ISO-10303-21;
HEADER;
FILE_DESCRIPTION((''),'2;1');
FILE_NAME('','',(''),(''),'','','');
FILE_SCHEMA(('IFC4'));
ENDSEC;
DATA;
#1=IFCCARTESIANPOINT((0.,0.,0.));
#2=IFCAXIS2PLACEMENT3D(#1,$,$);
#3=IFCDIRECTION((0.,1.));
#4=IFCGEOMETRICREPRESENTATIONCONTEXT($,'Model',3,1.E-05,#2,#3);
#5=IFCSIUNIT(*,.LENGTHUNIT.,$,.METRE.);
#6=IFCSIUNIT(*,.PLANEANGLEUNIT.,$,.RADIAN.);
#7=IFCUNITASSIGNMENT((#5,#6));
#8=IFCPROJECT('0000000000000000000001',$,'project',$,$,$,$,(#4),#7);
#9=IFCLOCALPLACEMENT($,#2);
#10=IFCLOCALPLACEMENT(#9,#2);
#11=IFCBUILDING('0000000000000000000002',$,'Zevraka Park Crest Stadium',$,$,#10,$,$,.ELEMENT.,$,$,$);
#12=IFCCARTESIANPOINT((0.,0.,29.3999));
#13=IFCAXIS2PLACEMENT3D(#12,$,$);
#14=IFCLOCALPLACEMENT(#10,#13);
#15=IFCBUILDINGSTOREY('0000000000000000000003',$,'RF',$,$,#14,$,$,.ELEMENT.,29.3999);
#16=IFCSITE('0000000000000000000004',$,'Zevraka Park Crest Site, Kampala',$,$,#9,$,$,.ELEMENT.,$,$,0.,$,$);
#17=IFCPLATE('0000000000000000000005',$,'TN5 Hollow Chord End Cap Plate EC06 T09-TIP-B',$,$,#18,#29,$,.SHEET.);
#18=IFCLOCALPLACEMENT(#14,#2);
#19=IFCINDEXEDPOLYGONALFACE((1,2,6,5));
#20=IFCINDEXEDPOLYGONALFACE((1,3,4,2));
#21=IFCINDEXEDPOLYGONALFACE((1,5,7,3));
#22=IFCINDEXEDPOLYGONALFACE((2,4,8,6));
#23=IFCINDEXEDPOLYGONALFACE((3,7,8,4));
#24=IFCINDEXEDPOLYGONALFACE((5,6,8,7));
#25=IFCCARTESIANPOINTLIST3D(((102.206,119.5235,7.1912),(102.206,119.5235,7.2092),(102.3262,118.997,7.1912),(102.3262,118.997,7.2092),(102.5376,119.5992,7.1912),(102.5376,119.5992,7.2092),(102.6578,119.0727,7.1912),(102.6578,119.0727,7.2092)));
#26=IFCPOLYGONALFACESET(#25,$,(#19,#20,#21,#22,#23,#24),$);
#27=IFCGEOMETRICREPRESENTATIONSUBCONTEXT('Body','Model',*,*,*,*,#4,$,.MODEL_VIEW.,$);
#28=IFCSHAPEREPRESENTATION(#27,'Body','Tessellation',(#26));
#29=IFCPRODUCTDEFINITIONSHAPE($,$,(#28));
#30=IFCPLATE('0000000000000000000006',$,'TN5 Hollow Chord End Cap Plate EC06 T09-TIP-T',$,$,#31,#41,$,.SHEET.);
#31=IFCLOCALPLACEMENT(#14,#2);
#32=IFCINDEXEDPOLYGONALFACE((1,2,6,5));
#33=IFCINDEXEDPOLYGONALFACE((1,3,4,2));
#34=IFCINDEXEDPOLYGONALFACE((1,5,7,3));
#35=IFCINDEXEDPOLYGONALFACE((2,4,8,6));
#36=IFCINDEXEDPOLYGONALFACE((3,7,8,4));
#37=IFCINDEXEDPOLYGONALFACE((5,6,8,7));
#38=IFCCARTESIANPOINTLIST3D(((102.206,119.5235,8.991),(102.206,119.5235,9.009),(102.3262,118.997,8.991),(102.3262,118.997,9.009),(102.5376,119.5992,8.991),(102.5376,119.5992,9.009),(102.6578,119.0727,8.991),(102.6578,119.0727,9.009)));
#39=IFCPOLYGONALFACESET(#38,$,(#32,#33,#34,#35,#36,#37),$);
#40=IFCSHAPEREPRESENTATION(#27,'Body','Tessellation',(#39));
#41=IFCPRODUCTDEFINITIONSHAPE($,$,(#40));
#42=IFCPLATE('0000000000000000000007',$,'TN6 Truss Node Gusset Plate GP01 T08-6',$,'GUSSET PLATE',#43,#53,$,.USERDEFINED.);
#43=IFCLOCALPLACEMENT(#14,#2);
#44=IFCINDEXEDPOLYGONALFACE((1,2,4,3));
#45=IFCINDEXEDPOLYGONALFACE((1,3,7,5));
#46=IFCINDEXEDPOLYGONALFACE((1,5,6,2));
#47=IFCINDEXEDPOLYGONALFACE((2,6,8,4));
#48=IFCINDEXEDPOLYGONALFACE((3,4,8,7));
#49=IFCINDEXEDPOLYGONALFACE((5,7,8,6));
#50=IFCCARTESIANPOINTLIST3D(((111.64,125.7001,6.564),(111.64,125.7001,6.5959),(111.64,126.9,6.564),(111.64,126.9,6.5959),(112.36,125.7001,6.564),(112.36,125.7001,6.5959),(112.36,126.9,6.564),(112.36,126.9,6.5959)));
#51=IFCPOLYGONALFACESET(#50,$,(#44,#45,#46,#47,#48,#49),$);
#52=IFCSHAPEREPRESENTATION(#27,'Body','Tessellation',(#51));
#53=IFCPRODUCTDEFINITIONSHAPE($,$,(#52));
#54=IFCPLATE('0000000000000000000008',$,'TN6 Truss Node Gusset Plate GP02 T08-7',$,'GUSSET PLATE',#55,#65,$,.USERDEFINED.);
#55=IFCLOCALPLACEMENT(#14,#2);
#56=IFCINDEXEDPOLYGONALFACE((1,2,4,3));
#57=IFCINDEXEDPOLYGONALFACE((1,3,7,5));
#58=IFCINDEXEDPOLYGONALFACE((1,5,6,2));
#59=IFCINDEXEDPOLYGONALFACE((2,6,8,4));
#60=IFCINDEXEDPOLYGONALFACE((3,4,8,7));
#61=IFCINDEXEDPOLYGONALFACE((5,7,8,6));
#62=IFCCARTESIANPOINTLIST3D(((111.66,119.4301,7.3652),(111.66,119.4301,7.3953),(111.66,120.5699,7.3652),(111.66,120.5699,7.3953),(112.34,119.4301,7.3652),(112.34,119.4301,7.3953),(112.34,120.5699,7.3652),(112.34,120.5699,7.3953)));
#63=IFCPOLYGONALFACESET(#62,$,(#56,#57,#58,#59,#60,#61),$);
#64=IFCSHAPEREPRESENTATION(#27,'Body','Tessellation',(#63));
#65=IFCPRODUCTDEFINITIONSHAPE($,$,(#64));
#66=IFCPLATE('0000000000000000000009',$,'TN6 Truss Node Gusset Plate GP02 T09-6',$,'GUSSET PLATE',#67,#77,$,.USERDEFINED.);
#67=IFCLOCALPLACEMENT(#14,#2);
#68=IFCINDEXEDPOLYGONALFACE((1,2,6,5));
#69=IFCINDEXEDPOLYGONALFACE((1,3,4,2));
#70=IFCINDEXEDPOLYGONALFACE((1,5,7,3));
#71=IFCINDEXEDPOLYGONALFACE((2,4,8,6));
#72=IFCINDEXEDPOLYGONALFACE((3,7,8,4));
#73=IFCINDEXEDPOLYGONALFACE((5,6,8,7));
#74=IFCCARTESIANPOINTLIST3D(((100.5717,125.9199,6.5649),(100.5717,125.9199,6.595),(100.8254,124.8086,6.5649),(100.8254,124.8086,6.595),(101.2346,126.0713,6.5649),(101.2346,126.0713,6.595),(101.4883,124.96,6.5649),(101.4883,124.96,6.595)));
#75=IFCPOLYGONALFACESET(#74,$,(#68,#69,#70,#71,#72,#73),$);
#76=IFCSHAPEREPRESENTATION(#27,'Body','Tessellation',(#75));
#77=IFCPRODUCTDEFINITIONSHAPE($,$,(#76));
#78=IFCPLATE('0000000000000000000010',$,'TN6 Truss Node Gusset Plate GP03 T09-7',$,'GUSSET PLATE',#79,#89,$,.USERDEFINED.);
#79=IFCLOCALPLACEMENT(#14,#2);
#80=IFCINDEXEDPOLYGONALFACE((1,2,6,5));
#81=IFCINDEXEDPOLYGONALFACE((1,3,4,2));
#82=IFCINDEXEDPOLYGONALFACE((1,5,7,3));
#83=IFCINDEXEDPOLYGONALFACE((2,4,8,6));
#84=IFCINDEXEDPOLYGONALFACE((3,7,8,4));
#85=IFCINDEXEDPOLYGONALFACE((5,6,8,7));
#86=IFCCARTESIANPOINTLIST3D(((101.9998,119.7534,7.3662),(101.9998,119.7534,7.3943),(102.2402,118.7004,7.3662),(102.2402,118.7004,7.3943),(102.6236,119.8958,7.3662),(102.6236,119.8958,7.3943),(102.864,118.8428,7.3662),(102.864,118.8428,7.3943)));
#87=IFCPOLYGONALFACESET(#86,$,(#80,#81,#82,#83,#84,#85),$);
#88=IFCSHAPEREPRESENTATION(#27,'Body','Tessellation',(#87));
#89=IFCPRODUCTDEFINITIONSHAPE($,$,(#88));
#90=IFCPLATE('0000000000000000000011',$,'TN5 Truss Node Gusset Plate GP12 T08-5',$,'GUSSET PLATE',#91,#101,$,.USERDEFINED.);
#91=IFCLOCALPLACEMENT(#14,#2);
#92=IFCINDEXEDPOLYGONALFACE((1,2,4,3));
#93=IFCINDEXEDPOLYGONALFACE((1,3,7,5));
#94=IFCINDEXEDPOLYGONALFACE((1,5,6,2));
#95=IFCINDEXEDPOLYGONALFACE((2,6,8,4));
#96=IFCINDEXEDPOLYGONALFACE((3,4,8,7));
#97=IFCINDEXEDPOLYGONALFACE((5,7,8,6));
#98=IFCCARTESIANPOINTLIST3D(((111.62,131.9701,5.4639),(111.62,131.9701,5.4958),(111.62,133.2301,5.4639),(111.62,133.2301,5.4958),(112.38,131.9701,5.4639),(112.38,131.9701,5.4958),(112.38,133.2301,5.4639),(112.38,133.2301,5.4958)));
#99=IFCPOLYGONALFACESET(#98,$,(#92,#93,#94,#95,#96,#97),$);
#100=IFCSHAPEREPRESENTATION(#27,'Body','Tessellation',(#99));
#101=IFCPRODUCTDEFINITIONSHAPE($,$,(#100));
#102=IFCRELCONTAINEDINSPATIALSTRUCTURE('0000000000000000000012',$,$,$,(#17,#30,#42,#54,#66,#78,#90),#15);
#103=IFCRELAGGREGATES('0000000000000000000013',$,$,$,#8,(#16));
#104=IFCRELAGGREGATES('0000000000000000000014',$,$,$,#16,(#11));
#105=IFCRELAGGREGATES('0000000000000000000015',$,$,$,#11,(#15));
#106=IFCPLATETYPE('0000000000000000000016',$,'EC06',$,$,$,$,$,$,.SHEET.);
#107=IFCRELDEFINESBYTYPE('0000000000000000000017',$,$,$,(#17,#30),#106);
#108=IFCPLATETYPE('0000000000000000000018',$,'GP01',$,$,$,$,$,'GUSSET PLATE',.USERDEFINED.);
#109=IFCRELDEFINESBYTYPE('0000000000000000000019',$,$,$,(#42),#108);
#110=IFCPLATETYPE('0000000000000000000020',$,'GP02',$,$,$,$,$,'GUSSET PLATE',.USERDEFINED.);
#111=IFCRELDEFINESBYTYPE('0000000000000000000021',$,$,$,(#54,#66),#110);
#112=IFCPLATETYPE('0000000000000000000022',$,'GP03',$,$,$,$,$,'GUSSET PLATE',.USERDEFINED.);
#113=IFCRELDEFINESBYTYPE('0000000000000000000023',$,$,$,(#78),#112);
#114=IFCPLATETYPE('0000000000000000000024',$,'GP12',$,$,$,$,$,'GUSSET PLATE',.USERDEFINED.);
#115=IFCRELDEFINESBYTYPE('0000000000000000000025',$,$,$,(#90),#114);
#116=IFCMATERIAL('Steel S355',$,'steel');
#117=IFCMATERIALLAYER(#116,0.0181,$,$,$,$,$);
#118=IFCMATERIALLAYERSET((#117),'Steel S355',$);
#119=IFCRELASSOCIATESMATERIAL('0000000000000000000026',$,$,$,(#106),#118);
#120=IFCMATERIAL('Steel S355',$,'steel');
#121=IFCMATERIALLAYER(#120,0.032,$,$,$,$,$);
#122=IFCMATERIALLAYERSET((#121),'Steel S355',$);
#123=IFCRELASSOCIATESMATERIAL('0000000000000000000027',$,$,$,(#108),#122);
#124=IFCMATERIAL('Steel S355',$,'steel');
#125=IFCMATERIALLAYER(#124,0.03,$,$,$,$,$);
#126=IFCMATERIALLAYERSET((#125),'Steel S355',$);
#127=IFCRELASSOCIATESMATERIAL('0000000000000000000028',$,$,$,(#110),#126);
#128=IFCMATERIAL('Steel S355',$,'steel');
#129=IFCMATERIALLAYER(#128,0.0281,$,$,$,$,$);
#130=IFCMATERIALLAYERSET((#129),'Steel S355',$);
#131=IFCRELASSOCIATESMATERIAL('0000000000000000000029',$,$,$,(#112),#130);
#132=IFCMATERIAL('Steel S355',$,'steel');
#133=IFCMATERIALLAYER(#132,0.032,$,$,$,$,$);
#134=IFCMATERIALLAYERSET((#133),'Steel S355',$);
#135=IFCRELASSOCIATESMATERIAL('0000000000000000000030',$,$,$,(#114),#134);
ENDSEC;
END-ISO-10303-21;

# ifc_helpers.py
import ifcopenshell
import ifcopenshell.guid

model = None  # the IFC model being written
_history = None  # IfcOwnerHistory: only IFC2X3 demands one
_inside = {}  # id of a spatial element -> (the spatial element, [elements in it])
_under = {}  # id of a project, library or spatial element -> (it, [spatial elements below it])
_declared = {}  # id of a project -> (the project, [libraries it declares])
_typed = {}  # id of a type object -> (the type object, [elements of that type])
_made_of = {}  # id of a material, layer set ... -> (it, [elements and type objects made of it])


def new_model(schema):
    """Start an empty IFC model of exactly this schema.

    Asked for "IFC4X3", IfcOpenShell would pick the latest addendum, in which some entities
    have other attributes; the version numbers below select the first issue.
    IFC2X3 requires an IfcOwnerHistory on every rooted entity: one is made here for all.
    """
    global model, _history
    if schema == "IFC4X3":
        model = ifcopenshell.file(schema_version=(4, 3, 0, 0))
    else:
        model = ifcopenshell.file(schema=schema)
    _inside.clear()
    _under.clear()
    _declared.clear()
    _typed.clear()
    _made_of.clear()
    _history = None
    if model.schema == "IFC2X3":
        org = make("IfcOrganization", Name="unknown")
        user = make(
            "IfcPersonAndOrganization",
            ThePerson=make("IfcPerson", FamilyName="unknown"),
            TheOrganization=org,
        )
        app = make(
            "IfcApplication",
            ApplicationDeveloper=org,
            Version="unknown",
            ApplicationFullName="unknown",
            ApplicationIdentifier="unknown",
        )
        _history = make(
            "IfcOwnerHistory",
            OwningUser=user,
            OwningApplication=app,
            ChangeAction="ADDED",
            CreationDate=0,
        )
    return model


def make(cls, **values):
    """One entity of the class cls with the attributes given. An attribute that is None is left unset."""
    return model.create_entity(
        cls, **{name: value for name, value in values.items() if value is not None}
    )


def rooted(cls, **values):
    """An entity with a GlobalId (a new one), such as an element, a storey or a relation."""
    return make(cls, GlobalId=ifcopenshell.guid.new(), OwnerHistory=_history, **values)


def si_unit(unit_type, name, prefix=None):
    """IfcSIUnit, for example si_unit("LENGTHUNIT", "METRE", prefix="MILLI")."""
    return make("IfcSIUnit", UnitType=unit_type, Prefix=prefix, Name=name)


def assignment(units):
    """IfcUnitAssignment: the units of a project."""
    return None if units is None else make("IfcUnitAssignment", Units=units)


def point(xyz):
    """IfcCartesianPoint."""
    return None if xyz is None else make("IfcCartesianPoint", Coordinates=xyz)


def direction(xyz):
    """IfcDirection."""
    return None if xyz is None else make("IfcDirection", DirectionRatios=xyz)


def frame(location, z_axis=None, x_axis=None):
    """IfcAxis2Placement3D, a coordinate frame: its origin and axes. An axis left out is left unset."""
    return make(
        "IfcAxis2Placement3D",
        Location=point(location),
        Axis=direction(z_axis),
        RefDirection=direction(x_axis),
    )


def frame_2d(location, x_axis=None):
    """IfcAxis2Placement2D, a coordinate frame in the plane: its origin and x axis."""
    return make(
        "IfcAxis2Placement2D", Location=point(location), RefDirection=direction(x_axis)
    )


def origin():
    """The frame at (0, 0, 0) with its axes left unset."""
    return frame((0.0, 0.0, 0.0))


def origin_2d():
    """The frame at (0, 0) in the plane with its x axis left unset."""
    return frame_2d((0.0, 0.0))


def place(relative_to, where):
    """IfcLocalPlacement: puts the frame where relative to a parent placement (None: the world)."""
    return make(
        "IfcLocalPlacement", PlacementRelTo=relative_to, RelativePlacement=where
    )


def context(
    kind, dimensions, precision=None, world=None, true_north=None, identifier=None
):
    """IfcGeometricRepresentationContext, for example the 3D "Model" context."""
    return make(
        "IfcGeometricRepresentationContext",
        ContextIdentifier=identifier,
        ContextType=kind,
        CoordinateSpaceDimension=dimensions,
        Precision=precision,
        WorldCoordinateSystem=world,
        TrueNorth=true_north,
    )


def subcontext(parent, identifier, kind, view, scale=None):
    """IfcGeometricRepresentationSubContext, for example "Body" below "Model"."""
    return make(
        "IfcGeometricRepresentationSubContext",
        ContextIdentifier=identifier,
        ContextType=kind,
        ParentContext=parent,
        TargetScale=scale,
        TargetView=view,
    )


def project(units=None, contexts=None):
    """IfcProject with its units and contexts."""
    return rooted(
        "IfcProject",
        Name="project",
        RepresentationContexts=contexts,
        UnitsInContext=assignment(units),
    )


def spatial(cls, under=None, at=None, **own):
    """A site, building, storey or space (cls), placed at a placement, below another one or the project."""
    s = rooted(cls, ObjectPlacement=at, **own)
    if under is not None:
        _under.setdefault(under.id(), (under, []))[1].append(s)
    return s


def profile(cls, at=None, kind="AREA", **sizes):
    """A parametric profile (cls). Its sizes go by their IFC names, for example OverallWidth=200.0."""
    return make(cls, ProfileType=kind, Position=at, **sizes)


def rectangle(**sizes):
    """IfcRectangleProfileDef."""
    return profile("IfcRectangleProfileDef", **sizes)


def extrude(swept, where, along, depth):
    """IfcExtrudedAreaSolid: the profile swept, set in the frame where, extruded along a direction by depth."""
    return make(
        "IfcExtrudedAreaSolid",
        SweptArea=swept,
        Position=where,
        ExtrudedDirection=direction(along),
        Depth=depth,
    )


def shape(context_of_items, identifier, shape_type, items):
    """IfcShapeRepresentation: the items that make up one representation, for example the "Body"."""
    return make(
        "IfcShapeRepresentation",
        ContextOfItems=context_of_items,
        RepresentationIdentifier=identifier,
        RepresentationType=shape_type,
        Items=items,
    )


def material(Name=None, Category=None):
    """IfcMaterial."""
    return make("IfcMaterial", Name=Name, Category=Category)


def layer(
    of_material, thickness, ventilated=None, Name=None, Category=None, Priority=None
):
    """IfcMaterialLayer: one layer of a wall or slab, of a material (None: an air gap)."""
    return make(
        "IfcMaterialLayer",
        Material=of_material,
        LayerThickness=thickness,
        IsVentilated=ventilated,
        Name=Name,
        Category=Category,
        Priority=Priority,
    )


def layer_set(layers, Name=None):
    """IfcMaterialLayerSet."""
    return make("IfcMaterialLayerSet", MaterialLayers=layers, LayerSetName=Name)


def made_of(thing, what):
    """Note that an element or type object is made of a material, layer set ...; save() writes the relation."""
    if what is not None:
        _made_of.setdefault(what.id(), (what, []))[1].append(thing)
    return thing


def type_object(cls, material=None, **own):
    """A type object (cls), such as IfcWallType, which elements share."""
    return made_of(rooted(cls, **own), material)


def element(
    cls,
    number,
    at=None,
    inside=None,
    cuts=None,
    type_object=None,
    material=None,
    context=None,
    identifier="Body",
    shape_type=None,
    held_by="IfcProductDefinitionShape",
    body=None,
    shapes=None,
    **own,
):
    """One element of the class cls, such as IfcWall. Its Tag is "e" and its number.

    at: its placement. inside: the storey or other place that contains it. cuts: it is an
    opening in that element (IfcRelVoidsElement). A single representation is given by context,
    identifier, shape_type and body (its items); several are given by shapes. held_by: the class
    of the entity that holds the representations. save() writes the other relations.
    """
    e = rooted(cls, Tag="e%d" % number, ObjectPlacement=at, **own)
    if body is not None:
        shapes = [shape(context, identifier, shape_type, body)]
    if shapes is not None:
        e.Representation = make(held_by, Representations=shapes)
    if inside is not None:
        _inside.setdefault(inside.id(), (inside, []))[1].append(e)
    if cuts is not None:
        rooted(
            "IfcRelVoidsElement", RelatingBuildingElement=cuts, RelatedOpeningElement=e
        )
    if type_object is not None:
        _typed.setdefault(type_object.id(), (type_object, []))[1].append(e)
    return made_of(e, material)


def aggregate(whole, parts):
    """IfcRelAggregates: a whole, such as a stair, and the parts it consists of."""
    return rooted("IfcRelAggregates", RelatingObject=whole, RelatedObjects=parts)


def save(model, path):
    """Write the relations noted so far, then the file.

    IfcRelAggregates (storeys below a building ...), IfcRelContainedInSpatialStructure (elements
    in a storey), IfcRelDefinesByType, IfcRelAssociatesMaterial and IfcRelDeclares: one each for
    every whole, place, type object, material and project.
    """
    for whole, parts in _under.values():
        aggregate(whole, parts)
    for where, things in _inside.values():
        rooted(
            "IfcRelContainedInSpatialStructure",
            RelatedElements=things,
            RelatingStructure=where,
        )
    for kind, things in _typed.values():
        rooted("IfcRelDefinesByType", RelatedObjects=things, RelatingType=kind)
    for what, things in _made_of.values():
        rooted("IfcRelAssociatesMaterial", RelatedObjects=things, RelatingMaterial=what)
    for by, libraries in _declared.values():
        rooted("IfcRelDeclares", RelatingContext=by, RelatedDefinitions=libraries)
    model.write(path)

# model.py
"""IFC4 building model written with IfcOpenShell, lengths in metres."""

from ifc_helpers import new_model, si_unit, direction, frame, origin, origin_2d, place, context, subcontext, project, spatial, rectangle, extrude, material, layer, layer_set, type_object, element, save


model = new_model("IFC4")

# Units and contexts
model_context = context("Model", 3, precision=1e-05, world=origin(), true_north=direction((0.0, 1.0)))
body_context = subcontext(model_context, "Body", "Model", "MODEL_VIEW")
ifc_project = project(units=[si_unit("LENGTHUNIT", "METRE"), si_unit("PLANEANGLEUNIT", "RADIAN")], contexts=[model_context])

# Site, building, storey
site_placement = place(None, origin())
site = spatial("IfcSite", under=ifc_project, at=site_placement, Name="Zevraka Park Crest Site, Kampala", CompositionType="ELEMENT", RefElevation=0.0)
building_placement = place(site_placement, origin())
building = spatial("IfcBuilding", under=site, at=building_placement, Name="Zevraka Park Crest Stadium", CompositionType="ELEMENT")
storey_placement = place(building_placement, frame((0.0, 0.0, 29.3999)))
storey = spatial("IfcBuildingStorey", under=building, at=storey_placement, Name="RF", CompositionType="ELEMENT", Elevation=29.3999)

# Plates
ifc_material_1 = material(Name="Steel S355", Category="steel")
ifc_layer_1 = layer(ifc_material_1, 0.0181)
ifc_layer_set_1 = layer_set([ifc_layer_1], Name="Steel S355")
plate_type_1 = type_object("IfcPlateType", Name="EC06", PredefinedType="SHEET", material=ifc_layer_set_1)
for number, where, z_axis, x_axis, name in (
    (1, (102.4319, 119.2981, 7.1912), (0.0, 0.0, 1.0), (-0.22257, 0.974917, 0.0), "TN5 Hollow Chord End Cap Plate EC06 T09-TIP-B"),
    (2, (102.4319, 119.2981, 8.991), (0.0, 0.0, 1.0), (-0.22257, 0.974917, 0.0), "TN5 Hollow Chord End Cap Plate EC06 T09-TIP-T"),
):
    element("IfcPlate", number, at=place(storey_placement, frame(where, z_axis=z_axis, x_axis=x_axis)), inside=storey, type_object=plate_type_1, Name=name, PredefinedType="SHEET", context=body_context, shape_type="SweptSolid", body=[
        extrude(rectangle(XDim=0.54, YDim=0.3401, at=origin_2d()), origin(), (0.0, 0.0, 1.0), 0.0181),
    ])
ifc_material_2 = material(Name="Steel S355", Category="steel")
ifc_layer_2 = layer(ifc_material_2, 0.032)
ifc_layer_set_2 = layer_set([ifc_layer_2], Name="Steel S355")
plate_type_2 = type_object("IfcPlateType", Name="GP01", ElementType="GUSSET PLATE", PredefinedType="USERDEFINED", material=ifc_layer_set_2)
plate_1_placement = place(storey_placement, frame((112.0, 126.3, 6.564), z_axis=(0.0, 0.0, 1.0), x_axis=(0.0, 1.0, 0.0)))
element("IfcPlate", 3, at=plate_1_placement, inside=storey, type_object=plate_type_2, Name="TN6 Truss Node Gusset Plate GP01 T08-6", ObjectType="GUSSET PLATE", PredefinedType="USERDEFINED", context=body_context, shape_type="SweptSolid", body=[
    extrude(rectangle(XDim=1.2, YDim=0.72, at=origin_2d()), origin(), (0.0, 0.0, 1.0), 0.032),
])
ifc_material_3 = material(Name="Steel S355", Category="steel")
ifc_layer_3 = layer(ifc_material_3, 0.03)
ifc_layer_set_3 = layer_set([ifc_layer_3], Name="Steel S355")
plate_type_3 = type_object("IfcPlateType", Name="GP02", ElementType="GUSSET PLATE", PredefinedType="USERDEFINED", material=ifc_layer_set_3)
for number, where, z_axis, x_axis, name in (
    (4, (112.0, 120.0, 7.3652), (0.0, 0.0, 1.0), (0.0, 1.0, 0.0), "TN6 Truss Node Gusset Plate GP02 T08-7"),
    (5, (101.03, 125.4399, 6.5649), (0.0, 0.0, 1.0), (-0.22257, 0.974917, 0.0), "TN6 Truss Node Gusset Plate GP02 T09-6"),
):
    element("IfcPlate", number, at=place(storey_placement, frame(where, z_axis=z_axis, x_axis=x_axis)), inside=storey, type_object=plate_type_3, Name=name, ObjectType="GUSSET PLATE", PredefinedType="USERDEFINED", context=body_context, shape_type="SweptSolid", body=[
        extrude(rectangle(XDim=1.1399, YDim=0.6799, at=origin_2d()), origin(), (0.0, 0.0, 1.0), 0.03),
    ])
ifc_material_4 = material(Name="Steel S355", Category="steel")
ifc_layer_4 = layer(ifc_material_4, 0.0281)
ifc_layer_set_4 = layer_set([ifc_layer_4], Name="Steel S355")
plate_type_4 = type_object("IfcPlateType", Name="GP03", ElementType="GUSSET PLATE", PredefinedType="USERDEFINED", material=ifc_layer_set_4)
plate_2_placement = place(storey_placement, frame((102.4319, 119.2981, 7.3662), z_axis=(0.0, 0.0, 1.0), x_axis=(-0.22257, 0.974917, 0.0)))
element("IfcPlate", 6, at=plate_2_placement, inside=storey, type_object=plate_type_4, Name="TN6 Truss Node Gusset Plate GP03 T09-7", ObjectType="GUSSET PLATE", PredefinedType="USERDEFINED", context=body_context, shape_type="SweptSolid", body=[
    extrude(rectangle(XDim=1.0801, YDim=0.6399, at=origin_2d()), origin(), (0.0, 0.0, 1.0), 0.0281),
])
ifc_material_5 = material(Name="Steel S355", Category="steel")
ifc_layer_5 = layer(ifc_material_5, 0.032)
ifc_layer_set_5 = layer_set([ifc_layer_5], Name="Steel S355")
plate_type_5 = type_object("IfcPlateType", Name="GP12", ElementType="GUSSET PLATE", PredefinedType="USERDEFINED", material=ifc_layer_set_5)
plate_3_placement = place(storey_placement, frame((112.0, 132.6001, 5.4639), z_axis=(0.0, 0.0, 1.0), x_axis=(0.0, 1.0, 0.0)))
element("IfcPlate", 7, at=plate_3_placement, inside=storey, type_object=plate_type_5, Name="TN5 Truss Node Gusset Plate GP12 T08-5", ObjectType="GUSSET PLATE", PredefinedType="USERDEFINED", context=body_context, shape_type="SweptSolid", body=[
    extrude(rectangle(XDim=1.26, YDim=0.76, at=origin_2d()), origin(), (0.0, 0.0, 1.0), 0.032),
])

save(model, "model.ifc")
